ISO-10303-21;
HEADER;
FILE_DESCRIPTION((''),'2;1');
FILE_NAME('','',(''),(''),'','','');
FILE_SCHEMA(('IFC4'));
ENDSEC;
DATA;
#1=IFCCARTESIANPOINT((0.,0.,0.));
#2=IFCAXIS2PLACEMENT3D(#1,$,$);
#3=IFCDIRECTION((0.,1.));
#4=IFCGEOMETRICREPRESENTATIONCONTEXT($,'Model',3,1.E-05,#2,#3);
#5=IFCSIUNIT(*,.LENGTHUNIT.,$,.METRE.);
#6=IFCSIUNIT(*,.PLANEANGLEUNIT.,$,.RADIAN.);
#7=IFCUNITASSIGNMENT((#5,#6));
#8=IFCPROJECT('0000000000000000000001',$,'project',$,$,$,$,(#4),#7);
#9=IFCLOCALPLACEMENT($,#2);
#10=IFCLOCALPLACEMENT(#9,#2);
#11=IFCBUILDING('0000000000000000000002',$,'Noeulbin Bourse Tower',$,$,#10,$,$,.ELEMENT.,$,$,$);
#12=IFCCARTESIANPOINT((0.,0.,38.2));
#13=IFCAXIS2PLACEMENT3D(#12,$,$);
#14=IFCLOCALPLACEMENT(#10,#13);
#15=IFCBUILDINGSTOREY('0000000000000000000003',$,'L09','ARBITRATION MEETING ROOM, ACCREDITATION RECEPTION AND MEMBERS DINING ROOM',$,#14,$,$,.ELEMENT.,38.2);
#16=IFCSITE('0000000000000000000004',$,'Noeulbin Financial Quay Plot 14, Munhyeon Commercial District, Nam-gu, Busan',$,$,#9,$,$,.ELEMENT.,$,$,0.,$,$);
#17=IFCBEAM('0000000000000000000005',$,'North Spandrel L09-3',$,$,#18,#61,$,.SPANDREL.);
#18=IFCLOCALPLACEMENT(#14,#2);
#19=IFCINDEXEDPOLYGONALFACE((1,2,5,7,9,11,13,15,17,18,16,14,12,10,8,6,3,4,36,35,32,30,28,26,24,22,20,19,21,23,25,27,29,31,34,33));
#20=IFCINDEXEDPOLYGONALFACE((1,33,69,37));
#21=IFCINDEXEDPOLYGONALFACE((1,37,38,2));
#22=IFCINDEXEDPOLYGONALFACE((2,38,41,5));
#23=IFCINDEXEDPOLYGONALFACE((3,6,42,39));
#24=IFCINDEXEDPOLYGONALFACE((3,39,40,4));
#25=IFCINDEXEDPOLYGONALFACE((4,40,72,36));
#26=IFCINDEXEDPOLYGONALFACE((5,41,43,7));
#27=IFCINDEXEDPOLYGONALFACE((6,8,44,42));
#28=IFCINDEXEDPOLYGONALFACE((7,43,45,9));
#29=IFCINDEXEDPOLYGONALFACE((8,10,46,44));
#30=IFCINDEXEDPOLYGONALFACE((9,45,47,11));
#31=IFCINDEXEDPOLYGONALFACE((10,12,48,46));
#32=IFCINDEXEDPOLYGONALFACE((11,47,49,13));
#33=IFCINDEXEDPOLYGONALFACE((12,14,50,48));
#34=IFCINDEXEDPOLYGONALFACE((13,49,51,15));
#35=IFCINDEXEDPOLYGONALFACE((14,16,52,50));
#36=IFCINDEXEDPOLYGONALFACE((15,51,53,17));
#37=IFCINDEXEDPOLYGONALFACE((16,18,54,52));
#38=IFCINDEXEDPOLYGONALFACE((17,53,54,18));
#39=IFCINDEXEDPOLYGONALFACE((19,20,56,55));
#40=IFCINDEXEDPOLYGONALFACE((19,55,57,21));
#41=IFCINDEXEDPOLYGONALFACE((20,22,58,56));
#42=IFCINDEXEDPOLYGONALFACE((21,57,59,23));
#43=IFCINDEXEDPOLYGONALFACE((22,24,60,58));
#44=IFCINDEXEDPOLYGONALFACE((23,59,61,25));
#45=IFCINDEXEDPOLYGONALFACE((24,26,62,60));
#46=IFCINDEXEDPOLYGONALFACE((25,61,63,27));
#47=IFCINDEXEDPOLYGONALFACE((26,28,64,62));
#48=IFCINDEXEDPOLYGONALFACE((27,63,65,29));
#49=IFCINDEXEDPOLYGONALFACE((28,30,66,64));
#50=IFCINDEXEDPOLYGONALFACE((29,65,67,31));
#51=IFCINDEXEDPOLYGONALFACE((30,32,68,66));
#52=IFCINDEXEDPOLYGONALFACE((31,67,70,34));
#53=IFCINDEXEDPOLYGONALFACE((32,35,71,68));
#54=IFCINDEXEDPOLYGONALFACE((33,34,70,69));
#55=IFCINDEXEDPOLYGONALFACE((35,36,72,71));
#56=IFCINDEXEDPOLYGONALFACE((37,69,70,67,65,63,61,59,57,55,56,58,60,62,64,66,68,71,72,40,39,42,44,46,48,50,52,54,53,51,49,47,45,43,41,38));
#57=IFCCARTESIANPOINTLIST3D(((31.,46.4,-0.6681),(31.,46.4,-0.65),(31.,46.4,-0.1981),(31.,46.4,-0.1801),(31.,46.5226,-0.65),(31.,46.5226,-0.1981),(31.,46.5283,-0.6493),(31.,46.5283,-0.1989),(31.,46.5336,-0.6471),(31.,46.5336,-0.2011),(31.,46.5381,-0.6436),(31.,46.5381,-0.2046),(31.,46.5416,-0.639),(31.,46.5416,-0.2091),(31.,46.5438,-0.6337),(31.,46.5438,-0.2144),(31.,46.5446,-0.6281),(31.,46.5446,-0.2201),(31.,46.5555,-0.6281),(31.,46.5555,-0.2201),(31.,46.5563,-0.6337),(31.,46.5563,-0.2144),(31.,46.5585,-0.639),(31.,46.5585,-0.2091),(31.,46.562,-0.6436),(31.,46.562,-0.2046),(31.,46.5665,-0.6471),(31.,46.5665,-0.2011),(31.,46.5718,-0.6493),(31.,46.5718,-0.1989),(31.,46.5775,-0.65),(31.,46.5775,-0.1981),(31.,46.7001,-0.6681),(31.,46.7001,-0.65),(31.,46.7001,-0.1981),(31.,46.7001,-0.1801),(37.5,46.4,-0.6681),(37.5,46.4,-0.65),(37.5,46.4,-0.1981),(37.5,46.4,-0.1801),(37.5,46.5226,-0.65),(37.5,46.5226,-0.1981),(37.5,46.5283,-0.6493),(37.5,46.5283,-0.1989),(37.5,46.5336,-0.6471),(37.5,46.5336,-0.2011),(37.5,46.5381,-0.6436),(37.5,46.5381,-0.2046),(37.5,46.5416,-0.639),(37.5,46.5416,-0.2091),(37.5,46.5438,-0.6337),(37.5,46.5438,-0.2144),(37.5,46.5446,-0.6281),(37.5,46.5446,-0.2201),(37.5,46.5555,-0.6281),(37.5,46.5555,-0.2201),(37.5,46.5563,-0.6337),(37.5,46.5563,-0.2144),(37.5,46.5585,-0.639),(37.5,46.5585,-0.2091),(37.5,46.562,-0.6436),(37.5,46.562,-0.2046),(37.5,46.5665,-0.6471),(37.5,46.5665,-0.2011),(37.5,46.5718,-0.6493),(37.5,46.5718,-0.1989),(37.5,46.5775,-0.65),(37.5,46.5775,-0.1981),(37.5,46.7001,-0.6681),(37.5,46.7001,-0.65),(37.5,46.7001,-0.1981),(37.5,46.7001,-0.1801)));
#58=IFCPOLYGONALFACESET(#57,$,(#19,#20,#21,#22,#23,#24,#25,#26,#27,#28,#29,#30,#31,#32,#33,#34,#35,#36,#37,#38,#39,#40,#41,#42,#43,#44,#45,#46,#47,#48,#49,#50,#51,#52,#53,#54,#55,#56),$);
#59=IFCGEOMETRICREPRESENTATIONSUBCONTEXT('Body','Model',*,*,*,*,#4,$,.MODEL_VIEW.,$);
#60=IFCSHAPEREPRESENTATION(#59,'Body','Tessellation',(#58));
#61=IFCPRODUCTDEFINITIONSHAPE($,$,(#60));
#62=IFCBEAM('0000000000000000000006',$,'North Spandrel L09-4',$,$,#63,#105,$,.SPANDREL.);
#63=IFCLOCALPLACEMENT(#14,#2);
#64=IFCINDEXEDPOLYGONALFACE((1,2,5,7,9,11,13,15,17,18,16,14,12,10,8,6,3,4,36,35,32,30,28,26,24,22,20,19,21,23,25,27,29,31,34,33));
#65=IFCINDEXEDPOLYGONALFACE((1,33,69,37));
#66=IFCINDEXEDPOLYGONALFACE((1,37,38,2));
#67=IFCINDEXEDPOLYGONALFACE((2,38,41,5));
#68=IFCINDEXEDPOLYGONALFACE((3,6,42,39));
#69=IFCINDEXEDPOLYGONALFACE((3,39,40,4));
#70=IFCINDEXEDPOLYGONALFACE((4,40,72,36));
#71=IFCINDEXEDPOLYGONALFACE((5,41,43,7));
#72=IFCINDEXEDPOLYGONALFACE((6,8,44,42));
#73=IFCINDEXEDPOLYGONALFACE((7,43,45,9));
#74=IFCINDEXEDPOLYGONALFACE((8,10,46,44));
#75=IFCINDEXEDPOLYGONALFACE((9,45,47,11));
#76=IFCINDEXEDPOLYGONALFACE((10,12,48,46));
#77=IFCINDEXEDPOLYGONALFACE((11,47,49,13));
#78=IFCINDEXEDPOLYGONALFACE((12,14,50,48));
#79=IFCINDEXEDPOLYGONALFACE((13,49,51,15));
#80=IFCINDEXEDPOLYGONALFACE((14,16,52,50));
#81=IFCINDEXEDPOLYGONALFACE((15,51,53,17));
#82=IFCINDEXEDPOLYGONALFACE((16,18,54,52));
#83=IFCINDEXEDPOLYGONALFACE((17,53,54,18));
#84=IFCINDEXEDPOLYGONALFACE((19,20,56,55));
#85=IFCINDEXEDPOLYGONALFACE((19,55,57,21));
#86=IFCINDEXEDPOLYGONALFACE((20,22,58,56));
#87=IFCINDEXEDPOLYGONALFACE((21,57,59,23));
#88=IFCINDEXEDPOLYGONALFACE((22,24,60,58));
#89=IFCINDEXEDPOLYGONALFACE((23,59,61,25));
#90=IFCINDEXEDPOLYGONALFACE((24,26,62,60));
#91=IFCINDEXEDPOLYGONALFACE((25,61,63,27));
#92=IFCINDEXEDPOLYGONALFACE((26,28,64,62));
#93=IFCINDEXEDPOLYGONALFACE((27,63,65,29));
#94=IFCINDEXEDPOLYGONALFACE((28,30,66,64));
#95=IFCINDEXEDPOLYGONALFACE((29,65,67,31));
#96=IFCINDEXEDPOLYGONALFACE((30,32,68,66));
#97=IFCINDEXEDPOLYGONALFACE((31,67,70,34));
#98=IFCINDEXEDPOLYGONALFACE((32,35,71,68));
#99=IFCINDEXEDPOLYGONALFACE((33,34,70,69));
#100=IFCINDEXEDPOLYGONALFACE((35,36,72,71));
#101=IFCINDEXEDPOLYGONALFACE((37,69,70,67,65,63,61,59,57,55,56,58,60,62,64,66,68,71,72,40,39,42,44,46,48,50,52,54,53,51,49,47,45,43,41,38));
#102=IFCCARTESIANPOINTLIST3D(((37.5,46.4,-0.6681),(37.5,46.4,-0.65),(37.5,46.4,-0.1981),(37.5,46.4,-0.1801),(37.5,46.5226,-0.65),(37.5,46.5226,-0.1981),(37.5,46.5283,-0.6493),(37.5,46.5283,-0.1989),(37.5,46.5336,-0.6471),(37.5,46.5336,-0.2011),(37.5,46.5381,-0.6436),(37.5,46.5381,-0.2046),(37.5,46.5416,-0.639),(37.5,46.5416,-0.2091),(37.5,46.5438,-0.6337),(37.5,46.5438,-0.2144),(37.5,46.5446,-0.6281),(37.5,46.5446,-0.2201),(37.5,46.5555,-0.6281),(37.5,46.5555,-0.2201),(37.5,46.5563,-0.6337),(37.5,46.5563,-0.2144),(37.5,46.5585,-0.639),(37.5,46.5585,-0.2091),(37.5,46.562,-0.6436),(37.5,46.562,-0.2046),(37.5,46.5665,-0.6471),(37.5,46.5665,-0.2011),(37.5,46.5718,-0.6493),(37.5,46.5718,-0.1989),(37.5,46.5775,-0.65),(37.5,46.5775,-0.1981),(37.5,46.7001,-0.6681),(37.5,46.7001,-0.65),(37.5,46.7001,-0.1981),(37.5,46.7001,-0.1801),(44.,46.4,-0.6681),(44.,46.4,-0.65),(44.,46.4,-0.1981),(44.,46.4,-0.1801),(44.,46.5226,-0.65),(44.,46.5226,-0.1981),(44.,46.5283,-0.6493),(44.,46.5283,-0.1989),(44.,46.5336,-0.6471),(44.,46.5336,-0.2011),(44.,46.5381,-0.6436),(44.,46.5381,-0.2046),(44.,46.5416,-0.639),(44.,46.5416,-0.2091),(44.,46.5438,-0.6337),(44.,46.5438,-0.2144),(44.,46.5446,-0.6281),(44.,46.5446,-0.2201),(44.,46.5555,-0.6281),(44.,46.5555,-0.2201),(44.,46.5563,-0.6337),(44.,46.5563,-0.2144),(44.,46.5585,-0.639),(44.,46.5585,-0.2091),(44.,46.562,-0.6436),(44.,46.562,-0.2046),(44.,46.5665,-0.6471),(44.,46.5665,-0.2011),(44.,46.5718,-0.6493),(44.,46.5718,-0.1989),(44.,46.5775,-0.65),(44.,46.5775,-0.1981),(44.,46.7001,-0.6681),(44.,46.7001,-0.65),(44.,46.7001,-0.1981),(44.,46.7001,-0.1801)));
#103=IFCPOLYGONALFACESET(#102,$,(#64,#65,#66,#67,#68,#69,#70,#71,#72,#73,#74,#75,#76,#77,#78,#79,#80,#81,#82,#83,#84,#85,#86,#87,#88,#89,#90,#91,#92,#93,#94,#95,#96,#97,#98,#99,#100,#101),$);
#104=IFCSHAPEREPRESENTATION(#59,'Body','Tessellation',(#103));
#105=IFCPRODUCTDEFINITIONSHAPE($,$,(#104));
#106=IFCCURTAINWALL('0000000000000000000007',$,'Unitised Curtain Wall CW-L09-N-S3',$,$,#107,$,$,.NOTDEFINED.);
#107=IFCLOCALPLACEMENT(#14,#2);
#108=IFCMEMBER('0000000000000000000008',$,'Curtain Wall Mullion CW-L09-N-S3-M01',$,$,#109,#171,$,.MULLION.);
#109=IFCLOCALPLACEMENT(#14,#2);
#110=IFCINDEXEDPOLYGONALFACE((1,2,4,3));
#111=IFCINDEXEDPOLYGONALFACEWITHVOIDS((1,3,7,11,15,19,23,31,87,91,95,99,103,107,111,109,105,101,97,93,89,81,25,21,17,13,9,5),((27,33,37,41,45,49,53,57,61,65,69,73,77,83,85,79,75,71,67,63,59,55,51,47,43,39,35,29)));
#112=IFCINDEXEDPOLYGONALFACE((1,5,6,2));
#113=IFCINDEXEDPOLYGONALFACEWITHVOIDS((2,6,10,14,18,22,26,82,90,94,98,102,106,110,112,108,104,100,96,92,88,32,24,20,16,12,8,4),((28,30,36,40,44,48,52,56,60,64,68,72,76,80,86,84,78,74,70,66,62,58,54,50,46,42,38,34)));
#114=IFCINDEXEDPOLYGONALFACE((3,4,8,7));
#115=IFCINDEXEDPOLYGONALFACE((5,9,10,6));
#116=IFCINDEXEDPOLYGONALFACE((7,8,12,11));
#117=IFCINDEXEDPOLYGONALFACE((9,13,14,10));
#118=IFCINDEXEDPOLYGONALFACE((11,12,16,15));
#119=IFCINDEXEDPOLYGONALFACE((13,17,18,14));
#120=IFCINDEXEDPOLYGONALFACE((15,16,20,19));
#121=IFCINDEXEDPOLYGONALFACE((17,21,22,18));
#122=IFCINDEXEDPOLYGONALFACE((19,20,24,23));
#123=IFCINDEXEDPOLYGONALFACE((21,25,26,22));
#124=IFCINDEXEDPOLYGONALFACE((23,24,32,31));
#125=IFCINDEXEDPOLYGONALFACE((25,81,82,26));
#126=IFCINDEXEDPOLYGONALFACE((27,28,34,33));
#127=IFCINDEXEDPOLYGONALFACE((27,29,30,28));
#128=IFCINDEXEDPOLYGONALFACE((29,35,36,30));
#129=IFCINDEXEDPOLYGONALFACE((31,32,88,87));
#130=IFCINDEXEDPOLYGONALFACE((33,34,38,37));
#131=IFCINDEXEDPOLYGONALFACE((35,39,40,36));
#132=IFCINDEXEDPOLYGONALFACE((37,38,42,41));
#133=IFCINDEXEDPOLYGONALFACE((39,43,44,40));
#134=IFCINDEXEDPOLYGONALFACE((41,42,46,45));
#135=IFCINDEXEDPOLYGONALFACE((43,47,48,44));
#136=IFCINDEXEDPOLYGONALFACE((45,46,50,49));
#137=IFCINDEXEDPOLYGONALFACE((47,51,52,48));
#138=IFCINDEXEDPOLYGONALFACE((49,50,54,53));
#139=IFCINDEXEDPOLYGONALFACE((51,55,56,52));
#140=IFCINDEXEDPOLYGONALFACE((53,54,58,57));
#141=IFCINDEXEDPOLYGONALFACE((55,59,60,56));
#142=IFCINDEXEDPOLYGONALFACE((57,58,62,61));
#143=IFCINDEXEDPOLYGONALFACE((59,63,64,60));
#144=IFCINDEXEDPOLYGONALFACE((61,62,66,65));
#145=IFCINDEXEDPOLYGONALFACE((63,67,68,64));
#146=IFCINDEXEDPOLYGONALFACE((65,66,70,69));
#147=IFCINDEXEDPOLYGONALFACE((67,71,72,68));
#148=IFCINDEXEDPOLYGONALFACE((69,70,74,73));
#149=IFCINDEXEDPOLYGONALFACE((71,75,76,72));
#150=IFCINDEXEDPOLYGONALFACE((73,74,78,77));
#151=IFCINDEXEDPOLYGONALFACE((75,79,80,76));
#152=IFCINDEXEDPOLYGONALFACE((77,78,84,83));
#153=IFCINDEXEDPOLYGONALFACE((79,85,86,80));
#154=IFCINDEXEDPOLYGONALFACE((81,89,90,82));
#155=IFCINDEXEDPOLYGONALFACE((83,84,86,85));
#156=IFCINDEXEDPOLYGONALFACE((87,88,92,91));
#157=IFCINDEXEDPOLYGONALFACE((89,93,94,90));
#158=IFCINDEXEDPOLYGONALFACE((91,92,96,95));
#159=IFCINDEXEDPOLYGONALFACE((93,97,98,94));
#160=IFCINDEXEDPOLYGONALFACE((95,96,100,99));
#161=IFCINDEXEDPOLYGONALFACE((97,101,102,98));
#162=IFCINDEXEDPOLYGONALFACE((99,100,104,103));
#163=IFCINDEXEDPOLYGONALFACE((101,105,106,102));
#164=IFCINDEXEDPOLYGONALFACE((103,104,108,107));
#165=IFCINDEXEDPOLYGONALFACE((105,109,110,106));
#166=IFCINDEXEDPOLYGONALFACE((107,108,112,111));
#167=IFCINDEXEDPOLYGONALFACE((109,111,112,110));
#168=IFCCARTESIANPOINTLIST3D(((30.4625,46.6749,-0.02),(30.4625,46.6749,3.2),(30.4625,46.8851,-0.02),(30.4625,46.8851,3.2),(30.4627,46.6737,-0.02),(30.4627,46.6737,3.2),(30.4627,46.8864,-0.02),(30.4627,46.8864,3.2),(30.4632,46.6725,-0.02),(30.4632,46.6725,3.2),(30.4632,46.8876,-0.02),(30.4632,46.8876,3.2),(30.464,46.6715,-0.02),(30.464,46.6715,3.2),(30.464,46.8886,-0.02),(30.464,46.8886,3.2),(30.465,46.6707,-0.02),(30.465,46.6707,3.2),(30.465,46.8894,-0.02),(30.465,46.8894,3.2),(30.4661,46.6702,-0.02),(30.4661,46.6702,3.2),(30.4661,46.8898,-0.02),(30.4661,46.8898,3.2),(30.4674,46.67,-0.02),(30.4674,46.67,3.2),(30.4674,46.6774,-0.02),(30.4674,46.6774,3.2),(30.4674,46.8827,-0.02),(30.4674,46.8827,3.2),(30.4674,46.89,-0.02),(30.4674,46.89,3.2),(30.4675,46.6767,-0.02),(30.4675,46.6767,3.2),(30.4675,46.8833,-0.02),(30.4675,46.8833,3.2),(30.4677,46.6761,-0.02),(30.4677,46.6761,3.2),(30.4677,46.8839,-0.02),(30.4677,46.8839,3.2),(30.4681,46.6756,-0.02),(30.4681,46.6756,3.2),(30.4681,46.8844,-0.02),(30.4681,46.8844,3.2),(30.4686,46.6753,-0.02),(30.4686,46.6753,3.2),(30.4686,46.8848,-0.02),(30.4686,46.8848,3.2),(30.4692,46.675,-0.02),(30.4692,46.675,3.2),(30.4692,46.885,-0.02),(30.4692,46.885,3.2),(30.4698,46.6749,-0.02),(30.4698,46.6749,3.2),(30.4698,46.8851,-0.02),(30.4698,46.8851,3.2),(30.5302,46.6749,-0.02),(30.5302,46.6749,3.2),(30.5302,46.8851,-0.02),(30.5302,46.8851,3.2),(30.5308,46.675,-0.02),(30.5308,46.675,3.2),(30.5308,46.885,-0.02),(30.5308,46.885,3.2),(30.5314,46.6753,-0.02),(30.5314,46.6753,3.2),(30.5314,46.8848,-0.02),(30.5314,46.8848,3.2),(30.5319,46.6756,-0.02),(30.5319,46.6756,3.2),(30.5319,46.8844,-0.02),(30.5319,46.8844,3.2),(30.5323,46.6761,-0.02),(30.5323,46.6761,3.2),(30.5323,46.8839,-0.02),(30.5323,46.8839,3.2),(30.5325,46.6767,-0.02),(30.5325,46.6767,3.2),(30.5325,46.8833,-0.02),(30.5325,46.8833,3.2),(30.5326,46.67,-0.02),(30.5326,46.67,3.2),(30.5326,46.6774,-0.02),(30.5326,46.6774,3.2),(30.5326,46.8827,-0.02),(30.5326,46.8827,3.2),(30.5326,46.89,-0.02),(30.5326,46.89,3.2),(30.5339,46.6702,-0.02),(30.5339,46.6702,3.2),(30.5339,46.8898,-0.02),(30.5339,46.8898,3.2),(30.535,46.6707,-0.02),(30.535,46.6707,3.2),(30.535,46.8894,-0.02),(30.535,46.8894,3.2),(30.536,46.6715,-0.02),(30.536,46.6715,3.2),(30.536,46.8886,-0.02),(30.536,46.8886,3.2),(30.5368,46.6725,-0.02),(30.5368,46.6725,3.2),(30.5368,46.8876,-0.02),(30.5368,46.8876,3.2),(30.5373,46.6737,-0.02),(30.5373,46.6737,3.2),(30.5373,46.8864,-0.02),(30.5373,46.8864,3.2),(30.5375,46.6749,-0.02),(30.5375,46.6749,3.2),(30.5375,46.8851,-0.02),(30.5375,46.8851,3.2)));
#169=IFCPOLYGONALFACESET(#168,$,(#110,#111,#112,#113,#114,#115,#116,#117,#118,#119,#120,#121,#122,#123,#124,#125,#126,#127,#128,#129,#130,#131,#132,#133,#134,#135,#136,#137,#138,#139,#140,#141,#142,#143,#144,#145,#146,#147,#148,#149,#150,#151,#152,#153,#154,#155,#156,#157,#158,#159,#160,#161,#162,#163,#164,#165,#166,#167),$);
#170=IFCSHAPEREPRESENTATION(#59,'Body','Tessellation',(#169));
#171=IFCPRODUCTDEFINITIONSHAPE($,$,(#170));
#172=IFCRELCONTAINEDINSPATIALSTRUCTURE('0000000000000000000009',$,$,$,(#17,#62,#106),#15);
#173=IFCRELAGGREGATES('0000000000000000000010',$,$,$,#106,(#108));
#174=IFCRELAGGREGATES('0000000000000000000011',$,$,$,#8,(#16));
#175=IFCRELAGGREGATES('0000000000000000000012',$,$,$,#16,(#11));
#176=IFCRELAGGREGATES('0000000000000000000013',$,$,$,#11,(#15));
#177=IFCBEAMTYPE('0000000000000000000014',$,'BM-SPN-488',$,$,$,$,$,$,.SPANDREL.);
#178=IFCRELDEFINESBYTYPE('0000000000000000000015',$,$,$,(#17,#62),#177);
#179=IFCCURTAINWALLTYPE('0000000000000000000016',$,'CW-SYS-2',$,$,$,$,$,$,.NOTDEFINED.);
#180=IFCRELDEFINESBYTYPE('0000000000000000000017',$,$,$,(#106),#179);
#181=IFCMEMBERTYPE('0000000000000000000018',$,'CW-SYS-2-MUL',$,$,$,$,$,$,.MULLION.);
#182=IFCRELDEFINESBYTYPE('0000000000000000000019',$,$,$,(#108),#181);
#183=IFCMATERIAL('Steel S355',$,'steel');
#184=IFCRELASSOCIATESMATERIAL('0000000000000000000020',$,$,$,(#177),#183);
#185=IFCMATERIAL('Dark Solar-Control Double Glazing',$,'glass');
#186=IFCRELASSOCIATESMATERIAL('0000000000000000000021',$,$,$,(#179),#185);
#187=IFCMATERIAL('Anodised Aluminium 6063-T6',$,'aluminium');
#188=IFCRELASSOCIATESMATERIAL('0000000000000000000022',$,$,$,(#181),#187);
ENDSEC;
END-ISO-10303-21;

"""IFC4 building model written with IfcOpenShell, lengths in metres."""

from ifc_helpers import new_model, si_unit, direction, frame, origin, origin_2d, place, context, subcontext, project, spatial, hollow_rectangle, i_section, extrude, material, material_profile, profile_set, type_object, element, aggregate, save


model = new_model("IFC4")

# Units and contexts
model_context = context("Model", 3, precision=1e-05, world=origin(), true_north=direction((0.0, 1.0)))
body_context = subcontext(model_context, "Body", "Model", "MODEL_VIEW")
ifc_project = project(units=[si_unit("LENGTHUNIT", "METRE"), si_unit("PLANEANGLEUNIT", "RADIAN")], contexts=[model_context])

# Site, building, storey
site_placement = place(None, origin())
site = spatial("IfcSite", under=ifc_project, at=site_placement, Name="Noeulbin Financial Quay Plot 14, Munhyeon Commercial District, Nam-gu, Busan", CompositionType="ELEMENT", RefElevation=0.0)
building_placement = place(site_placement, origin())
building = spatial("IfcBuilding", under=site, at=building_placement, Name="Noeulbin Bourse Tower", CompositionType="ELEMENT")
storey_placement = place(building_placement, frame((0.0, 0.0, 38.2)))
storey = spatial("IfcBuildingStorey", under=building, at=storey_placement, Name="L09", Description="ARBITRATION MEETING ROOM, ACCREDITATION RECEPTION AND MEMBERS DINING ROOM", CompositionType="ELEMENT", Elevation=38.2)

# Beams
ifc_material_1 = material(Name="Steel S355", Category="steel")
ifc_material_profile_1 = material_profile(ifc_material_1, i_section(OverallWidth=0.3, OverallDepth=0.488, WebThickness=0.011, FlangeThickness=0.0181, FilletRadius=0.022, at=origin_2d()), Name="H-488x300x11x18", Category="LoadBearing")
ifc_profile_set_1 = profile_set([ifc_material_profile_1], Name="Steel S355")
beam_type_1 = type_object("IfcBeamType", Name="BM-SPN-488", PredefinedType="SPANDREL", material=ifc_profile_set_1)
for number, where, z_axis, x_axis, name in (
    (1, (31.0, 46.55, -0.4241), (1.0, 0.0, 0.0), (0.0, 1.0, 0.0), "North Spandrel L09-3"),
    (2, (37.5, 46.55, -0.4241), (1.0, 0.0, 0.0), (0.0, 1.0, 0.0), "North Spandrel L09-4"),
):
    element("IfcBeam", number, at=place(storey_placement, frame(where, z_axis=z_axis, x_axis=x_axis)), inside=storey, type_object=beam_type_1, Name=name, PredefinedType="SPANDREL", context=body_context, shape_type="SweptSolid", body=[
        extrude(i_section(OverallWidth=0.3, OverallDepth=0.488, WebThickness=0.011, FlangeThickness=0.0181, FilletRadius=0.022, at=origin_2d()), origin(), (0.0, 0.0, 1.0), 6.5),
    ])

# Curtain wall, member
ifc_material_2 = material(Name="Dark Solar-Control Double Glazing", Category="glass")
curtain_wall_type = type_object("IfcCurtainWallType", Name="CW-SYS-2", PredefinedType="NOTDEFINED", material=ifc_material_2)
curtain_wall_1_placement = place(storey_placement, origin())
curtain_wall_1 = element("IfcCurtainWall", 3, at=curtain_wall_1_placement, inside=storey, type_object=curtain_wall_type, Name="Unitised Curtain Wall CW-L09-N-S3", PredefinedType="NOTDEFINED")
ifc_material_3 = material(Name="Anodised Aluminium 6063-T6", Category="aluminium")
ifc_material_profile_2 = material_profile(ifc_material_3, hollow_rectangle(XDim=0.075, YDim=0.22, WallThickness=0.0049, InnerFilletRadius=0.0024, OuterFilletRadius=0.0049, at=origin_2d()), Name="ALU-MULL-75x220x5", Category="LoadBearing")
ifc_profile_set_2 = profile_set([ifc_material_profile_2], Name="Anodised Aluminium 6063-T6")
member_type_1 = type_object("IfcMemberType", Name="CW-SYS-2-MUL", PredefinedType="MULLION", material=ifc_profile_set_2)
member_1_placement = place(storey_placement, frame((30.5, 46.78, -0.02), z_axis=(0.0, 0.0, 1.0), x_axis=(1.0, 0.0, 0.0)))
member_1 = element("IfcMember", 4, at=member_1_placement, type_object=member_type_1, Name="Curtain Wall Mullion CW-L09-N-S3-M01", PredefinedType="MULLION", context=body_context, shape_type="SweptSolid", body=[
    extrude(hollow_rectangle(XDim=0.075, YDim=0.22, WallThickness=0.0049, InnerFilletRadius=0.0024, OuterFilletRadius=0.0049, at=origin_2d()), origin(), (0.0, 0.0, 1.0), 3.22),
])
aggregate(curtain_wall_1, [member_1])

save(model, "model.ifc")
